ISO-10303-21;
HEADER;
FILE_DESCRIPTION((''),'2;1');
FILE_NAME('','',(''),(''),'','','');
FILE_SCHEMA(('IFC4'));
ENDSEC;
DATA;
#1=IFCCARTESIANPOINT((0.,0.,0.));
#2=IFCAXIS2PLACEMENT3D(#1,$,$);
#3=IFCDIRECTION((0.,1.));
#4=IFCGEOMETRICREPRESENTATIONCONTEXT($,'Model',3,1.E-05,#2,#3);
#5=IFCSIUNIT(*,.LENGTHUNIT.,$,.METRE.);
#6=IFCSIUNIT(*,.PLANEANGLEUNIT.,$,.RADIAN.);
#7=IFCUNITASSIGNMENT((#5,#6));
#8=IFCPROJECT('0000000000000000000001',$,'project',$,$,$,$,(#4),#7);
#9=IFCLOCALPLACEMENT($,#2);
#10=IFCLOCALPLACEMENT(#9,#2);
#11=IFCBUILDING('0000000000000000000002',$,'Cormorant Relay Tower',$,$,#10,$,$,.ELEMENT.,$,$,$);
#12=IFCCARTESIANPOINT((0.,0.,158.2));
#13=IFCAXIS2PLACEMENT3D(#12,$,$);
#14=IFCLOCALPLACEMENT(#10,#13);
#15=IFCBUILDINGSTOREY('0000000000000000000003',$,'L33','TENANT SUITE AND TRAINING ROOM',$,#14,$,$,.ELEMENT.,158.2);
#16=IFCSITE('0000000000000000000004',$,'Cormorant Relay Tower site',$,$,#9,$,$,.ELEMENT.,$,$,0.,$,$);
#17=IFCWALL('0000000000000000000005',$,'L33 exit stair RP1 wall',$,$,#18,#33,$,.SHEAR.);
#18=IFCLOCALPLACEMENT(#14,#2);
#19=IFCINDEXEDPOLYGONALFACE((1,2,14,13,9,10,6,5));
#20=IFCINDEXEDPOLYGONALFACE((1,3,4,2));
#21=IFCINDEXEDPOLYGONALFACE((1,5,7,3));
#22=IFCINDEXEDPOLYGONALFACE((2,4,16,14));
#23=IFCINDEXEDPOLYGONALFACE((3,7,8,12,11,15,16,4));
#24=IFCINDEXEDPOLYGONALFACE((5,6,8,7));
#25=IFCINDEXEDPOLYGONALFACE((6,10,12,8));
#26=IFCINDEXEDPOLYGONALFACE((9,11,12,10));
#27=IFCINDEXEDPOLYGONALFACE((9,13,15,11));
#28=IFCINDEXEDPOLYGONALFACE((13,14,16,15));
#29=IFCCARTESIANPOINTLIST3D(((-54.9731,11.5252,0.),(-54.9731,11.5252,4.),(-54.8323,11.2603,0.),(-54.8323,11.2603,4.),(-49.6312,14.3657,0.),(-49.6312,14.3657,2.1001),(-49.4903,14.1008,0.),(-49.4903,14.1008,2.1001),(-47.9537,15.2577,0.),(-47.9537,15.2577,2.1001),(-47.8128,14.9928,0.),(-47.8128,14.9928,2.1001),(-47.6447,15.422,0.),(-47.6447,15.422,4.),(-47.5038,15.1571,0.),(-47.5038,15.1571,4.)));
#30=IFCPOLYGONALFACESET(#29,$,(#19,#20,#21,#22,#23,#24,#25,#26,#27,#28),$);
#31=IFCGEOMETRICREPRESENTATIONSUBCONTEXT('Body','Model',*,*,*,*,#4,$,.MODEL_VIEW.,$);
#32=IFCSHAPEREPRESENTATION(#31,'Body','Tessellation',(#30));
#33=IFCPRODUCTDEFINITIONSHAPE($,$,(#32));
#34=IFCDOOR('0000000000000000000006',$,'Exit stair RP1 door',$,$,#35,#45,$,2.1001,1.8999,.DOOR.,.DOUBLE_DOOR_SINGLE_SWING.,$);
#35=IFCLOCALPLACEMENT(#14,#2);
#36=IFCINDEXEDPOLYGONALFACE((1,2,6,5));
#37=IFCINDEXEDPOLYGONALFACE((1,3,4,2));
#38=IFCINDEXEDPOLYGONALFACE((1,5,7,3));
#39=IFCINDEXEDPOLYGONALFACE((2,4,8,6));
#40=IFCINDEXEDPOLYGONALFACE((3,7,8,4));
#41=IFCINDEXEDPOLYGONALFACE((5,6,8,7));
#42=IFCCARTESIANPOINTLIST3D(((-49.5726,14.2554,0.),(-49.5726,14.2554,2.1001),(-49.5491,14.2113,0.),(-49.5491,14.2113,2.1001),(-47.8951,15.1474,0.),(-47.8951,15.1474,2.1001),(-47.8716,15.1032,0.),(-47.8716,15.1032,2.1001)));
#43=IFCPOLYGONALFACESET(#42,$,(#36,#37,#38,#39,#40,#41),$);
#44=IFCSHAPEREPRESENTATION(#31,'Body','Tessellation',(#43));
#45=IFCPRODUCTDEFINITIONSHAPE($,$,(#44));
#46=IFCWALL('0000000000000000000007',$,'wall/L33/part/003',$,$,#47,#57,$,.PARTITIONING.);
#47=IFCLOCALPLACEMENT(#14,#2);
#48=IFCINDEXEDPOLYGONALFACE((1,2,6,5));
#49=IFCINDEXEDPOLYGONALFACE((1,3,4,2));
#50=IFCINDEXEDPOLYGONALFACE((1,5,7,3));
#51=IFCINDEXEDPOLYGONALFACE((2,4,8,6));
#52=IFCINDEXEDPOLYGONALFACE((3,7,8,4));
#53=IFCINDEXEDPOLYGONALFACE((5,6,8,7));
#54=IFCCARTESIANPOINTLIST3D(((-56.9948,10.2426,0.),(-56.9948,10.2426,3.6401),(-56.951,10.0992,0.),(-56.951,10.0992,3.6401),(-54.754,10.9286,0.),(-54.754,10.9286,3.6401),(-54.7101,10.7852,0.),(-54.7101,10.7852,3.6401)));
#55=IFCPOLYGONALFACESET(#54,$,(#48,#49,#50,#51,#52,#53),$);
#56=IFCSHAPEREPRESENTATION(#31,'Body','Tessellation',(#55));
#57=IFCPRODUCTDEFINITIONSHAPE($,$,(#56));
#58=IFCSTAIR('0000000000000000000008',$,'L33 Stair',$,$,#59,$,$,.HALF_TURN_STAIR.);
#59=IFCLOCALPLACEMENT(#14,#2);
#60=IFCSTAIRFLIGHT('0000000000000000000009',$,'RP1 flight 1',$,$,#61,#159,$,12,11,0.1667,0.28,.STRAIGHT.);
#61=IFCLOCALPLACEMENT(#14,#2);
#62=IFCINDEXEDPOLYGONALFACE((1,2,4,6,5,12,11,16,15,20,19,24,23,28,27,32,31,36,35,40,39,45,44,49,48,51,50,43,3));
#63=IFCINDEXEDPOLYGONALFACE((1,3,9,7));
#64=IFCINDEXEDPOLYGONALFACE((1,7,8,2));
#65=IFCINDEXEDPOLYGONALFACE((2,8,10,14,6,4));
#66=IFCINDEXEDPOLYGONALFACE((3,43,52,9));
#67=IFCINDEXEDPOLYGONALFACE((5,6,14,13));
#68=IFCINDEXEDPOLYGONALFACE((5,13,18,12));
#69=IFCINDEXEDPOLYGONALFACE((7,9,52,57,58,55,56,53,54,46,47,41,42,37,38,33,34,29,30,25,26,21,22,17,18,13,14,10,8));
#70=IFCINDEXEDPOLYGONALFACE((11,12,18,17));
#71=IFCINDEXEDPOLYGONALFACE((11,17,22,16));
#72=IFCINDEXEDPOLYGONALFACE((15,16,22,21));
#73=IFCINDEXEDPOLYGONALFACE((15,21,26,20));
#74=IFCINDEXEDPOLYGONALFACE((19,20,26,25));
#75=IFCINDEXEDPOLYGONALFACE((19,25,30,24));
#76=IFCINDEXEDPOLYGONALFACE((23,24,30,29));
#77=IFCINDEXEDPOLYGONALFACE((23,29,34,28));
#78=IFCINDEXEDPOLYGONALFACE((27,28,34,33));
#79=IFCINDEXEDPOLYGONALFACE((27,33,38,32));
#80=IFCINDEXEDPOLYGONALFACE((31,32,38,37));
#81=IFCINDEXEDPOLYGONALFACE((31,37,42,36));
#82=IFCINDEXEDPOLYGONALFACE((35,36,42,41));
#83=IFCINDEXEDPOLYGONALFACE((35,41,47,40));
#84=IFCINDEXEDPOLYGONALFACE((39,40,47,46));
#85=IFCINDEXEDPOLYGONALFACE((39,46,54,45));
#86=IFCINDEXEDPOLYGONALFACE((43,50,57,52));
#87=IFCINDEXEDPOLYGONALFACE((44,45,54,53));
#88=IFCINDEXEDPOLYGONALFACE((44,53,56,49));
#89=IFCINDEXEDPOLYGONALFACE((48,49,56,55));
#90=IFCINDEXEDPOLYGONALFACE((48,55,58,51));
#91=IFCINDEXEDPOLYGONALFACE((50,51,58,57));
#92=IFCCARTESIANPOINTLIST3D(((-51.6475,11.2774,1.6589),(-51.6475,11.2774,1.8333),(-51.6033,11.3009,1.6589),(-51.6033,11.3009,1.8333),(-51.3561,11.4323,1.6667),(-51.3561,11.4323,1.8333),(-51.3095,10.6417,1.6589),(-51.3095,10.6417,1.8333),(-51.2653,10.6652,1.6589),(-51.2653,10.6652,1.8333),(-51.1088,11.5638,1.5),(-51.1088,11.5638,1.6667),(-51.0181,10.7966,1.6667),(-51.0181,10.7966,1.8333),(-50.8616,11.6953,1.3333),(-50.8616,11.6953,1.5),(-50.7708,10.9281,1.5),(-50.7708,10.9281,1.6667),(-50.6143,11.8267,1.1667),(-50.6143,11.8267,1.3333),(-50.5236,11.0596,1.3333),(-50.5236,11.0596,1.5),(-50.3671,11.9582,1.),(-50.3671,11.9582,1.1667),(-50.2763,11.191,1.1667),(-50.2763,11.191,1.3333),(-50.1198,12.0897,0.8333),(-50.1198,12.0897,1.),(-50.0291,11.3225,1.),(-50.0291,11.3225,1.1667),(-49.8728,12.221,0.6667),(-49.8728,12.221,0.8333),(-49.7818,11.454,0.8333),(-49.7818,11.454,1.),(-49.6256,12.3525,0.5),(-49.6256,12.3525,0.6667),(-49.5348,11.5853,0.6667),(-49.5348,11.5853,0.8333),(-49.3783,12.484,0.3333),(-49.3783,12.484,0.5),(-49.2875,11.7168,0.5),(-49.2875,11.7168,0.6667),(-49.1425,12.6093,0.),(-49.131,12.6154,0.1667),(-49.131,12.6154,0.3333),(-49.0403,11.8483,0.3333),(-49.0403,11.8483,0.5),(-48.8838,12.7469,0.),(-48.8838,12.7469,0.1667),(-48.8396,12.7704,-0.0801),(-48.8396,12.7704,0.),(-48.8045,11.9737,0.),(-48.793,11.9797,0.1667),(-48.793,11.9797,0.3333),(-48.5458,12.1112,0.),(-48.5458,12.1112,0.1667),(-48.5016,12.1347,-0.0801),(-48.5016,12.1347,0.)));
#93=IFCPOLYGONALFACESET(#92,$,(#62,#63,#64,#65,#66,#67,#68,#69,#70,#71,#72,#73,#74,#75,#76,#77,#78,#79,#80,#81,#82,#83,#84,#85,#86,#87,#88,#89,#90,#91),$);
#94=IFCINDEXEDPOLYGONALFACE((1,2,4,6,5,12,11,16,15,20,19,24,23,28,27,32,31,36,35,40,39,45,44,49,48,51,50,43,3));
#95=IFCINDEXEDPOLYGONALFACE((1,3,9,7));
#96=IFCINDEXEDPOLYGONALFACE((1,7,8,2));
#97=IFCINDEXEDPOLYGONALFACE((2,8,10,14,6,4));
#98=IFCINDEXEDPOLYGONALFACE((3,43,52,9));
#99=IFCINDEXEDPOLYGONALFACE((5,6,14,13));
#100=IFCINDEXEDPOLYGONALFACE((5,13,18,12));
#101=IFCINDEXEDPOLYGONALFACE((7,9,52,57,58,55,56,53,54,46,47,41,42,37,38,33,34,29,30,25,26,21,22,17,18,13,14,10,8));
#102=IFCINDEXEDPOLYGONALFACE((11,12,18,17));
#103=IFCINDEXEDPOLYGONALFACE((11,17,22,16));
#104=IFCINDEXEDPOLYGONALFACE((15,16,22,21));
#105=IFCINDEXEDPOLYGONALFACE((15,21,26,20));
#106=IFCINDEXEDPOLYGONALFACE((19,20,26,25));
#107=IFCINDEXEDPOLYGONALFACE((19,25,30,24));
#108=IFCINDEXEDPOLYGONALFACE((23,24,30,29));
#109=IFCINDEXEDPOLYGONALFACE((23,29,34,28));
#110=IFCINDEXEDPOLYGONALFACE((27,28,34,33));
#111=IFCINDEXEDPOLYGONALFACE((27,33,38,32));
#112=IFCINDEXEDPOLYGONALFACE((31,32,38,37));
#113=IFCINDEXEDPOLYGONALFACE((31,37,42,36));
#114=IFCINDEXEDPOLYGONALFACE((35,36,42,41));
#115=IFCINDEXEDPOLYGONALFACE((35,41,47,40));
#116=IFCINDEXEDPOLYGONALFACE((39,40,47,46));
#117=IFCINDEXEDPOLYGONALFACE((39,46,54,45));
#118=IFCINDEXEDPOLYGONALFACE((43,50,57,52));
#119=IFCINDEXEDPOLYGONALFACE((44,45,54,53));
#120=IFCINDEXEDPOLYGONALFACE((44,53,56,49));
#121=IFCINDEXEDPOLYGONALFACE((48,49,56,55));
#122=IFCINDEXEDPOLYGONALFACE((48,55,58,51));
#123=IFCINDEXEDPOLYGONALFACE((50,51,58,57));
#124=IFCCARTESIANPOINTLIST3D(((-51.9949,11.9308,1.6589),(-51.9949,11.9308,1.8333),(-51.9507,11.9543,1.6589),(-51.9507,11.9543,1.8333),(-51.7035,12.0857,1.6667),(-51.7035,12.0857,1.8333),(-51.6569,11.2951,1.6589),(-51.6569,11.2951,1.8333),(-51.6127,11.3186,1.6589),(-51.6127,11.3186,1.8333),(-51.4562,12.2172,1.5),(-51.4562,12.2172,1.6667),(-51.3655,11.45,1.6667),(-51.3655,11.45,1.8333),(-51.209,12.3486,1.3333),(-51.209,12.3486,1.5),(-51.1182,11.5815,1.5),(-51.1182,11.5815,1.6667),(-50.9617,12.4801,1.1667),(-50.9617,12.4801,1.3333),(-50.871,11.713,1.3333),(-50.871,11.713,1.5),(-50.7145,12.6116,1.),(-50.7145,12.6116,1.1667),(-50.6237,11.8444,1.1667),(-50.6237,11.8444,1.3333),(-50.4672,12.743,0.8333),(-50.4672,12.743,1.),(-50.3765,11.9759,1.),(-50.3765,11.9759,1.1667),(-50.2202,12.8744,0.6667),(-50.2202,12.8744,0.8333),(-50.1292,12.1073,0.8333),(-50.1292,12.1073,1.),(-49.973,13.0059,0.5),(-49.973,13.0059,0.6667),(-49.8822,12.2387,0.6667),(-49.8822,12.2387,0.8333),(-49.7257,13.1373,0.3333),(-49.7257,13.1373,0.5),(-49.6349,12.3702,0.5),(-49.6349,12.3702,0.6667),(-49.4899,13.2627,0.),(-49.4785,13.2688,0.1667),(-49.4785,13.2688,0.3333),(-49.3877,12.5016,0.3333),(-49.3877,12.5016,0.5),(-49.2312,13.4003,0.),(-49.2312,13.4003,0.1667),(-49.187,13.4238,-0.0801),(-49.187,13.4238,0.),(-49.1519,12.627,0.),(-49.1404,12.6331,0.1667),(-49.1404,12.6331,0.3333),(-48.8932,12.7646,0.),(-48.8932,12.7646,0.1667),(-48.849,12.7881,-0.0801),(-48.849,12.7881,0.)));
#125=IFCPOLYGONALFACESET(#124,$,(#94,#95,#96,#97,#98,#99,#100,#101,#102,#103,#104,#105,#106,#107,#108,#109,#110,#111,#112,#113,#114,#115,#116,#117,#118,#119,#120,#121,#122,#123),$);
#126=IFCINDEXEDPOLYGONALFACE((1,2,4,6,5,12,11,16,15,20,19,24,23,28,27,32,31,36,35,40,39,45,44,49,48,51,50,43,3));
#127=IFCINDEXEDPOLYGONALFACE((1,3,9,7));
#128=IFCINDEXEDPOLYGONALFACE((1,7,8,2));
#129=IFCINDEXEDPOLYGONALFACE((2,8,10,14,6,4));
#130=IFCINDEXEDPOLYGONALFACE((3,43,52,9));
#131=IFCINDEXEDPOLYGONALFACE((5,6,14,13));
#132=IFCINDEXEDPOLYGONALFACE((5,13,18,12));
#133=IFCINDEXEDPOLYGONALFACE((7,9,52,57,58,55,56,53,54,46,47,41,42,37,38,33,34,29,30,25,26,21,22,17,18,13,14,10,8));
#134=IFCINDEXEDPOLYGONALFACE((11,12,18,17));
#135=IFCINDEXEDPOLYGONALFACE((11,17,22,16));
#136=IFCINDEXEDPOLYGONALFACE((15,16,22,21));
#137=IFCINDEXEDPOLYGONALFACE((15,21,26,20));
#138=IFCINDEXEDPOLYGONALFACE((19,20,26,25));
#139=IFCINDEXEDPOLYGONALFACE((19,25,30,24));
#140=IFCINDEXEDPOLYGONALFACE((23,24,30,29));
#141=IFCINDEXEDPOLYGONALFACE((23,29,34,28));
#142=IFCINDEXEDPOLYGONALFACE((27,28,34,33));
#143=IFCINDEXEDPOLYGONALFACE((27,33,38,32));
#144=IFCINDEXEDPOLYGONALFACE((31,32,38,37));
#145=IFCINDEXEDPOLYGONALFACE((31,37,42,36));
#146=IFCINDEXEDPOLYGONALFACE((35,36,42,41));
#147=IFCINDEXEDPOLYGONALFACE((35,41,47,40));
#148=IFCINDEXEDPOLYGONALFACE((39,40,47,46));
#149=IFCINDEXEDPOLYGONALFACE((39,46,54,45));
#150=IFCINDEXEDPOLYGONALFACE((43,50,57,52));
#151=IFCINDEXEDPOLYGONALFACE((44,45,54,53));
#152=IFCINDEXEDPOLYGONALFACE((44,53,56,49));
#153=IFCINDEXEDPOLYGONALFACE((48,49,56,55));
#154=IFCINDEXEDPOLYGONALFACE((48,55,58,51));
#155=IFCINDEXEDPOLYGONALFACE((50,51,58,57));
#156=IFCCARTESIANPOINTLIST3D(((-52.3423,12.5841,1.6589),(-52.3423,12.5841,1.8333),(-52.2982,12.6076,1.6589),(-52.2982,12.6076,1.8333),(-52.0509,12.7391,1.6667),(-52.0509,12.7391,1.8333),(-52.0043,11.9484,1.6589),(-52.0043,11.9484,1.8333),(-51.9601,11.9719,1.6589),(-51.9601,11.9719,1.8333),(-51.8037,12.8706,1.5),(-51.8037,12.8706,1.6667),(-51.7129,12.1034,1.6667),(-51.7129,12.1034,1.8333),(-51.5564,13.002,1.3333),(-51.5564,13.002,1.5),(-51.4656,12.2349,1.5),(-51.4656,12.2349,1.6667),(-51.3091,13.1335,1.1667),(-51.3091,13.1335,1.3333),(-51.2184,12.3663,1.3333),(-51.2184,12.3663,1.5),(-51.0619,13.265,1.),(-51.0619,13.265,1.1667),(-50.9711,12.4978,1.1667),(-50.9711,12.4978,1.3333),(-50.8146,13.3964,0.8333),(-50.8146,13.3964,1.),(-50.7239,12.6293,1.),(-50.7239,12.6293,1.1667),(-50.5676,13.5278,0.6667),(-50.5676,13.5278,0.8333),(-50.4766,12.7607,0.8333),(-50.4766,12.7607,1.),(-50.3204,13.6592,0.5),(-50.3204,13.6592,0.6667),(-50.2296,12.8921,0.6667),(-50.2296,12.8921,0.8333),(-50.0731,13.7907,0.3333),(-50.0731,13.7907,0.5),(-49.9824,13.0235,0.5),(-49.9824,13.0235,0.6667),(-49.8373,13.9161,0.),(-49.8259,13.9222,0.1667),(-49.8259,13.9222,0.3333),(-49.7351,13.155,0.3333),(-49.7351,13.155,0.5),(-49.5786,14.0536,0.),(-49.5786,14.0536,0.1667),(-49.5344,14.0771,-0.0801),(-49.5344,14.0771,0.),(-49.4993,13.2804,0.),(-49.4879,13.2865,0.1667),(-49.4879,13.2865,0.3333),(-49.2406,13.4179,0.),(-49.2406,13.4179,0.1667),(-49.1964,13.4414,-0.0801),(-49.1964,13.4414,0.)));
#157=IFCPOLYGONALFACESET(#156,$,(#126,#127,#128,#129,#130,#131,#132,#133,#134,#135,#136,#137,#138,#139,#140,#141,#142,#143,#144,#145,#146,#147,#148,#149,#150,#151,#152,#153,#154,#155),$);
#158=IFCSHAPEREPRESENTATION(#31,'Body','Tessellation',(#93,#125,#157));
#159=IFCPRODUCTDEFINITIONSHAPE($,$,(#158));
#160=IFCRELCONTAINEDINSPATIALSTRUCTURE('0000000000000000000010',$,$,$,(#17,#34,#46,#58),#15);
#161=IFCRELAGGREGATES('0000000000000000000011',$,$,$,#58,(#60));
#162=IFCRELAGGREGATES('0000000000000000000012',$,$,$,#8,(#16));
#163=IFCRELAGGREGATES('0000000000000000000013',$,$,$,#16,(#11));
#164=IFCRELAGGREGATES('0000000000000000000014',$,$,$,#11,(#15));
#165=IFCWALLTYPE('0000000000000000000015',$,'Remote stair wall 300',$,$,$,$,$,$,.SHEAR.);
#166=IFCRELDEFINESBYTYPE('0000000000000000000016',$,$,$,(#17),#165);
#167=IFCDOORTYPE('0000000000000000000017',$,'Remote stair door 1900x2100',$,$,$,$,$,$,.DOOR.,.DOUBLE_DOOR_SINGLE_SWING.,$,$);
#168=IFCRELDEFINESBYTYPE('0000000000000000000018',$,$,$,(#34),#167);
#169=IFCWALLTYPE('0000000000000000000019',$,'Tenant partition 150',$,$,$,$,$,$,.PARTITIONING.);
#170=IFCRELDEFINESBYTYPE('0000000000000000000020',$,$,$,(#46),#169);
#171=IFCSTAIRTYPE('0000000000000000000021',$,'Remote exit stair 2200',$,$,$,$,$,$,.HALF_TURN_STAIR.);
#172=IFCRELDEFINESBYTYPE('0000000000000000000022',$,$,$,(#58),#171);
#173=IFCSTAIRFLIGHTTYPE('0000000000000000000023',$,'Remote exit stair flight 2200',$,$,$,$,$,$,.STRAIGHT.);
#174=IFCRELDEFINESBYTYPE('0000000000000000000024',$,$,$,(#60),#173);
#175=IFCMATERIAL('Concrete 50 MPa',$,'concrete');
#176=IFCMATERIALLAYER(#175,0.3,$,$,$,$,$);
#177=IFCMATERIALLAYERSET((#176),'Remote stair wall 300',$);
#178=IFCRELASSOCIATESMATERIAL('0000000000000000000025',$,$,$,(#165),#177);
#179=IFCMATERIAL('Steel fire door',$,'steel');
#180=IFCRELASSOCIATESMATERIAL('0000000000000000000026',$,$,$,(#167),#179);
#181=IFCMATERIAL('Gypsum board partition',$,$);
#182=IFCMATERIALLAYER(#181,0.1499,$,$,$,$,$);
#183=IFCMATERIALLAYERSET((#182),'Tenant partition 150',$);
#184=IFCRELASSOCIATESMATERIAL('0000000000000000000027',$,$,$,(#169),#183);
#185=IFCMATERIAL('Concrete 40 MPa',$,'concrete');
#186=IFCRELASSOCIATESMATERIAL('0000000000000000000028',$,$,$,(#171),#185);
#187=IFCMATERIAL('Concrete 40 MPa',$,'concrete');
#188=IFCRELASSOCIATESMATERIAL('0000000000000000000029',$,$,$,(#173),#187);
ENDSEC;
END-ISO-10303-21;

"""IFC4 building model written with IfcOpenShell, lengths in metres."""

from ifc_helpers import new_model, si_unit, direction, frame, frame_2d, origin, place, context, subcontext, project, spatial, polyline, rectangle, outline, extrude, material, layer, layer_set, type_object, element, fill, aggregate, save


model = new_model("IFC4")

# Units and contexts
model_context = context("Model", 3, precision=1e-05, world=origin(), true_north=direction((0.0, 1.0)))
body_context = subcontext(model_context, "Body", "Model", "MODEL_VIEW")
ifc_project = project(units=[si_unit("LENGTHUNIT", "METRE"), si_unit("PLANEANGLEUNIT", "RADIAN")], contexts=[model_context])

# Site, building, storey
site_placement = place(None, origin())
site = spatial("IfcSite", under=ifc_project, at=site_placement, Name="Cormorant Relay Tower site", CompositionType="ELEMENT", RefElevation=0.0)
building_placement = place(site_placement, origin())
building = spatial("IfcBuilding", under=site, at=building_placement, Name="Cormorant Relay Tower", CompositionType="ELEMENT")
storey_placement = place(building_placement, frame((0.0, 0.0, 158.2)))
storey = spatial("IfcBuildingStorey", under=building, at=storey_placement, Name="L33", Description="TENANT SUITE AND TRAINING ROOM", CompositionType="ELEMENT", Elevation=158.2)

# Shared definitions
ifc_material_1 = material(Name="Concrete 50 MPa", Category="concrete")
ifc_layer_1 = layer(ifc_material_1, 0.3)
ifc_layer_set_1 = layer_set([ifc_layer_1], Name="Remote stair wall 300")
wall_type_1 = type_object("IfcWallType", Name="Remote stair wall 300", PredefinedType="SHEAR", material=ifc_layer_set_1)

# Wall, opening, door
wall_1_placement = place(storey_placement, frame((-54.9026, 11.3928, 0.0), z_axis=(0.0, 0.0, 1.0), x_axis=(0.882939, 0.469487, 0.0)))
wall_1 = element("IfcWall", 1, at=wall_1_placement, inside=storey, type_object=wall_type_1, Name="L33 exit stair RP1 wall", PredefinedType="SHEAR", context=body_context, shape_type="SweptSolid", body=[
    extrude(rectangle(XDim=8.3, YDim=0.3, at=frame_2d((4.1499, 0.0))), origin(), (0.0, 0.0, 1.0), 4.0),
])
opening_1_placement = place(wall_1_placement, frame((6.05, 0.0, 0.0)))
opening_1 = element("IfcOpeningElement", 2, at=opening_1_placement, cuts=wall_1, PredefinedType="OPENING", context=body_context, shape_type="SweptSolid", body=[
    extrude(rectangle(XDim=1.8999, YDim=2.1001, at=frame_2d((0.95, 1.05))), frame((0.0, 0.1599, 0.0), z_axis=(0.0, -1.0, 0.0), x_axis=(1.0, 0.0, 0.0)), (0.0, 0.0, 1.0), 0.3201),
])
ifc_material_2 = material(Name="Steel fire door", Category="steel")
door_type_1 = type_object("IfcDoorType", Name="Remote stair door 1900x2100", OperationType="DOUBLE_DOOR_SINGLE_SWING", PredefinedType="DOOR", material=ifc_material_2)
door_1_placement = place(opening_1_placement, frame((1.8999, 0.0, 0.0), z_axis=(0.0, 0.0, 1.0), x_axis=(-1.0, 0.0, 0.0)))
door_1 = element("IfcDoor", 3, at=door_1_placement, inside=storey, type_object=door_type_1, Name="Exit stair RP1 door", OperationType="DOUBLE_DOOR_SINGLE_SWING", OverallHeight=2.1001, OverallWidth=1.8999, PredefinedType="DOOR", context=body_context, shape_type="SweptSolid", body=[
    extrude(rectangle(XDim=1.8999, YDim=2.1001, at=frame_2d((0.95, 1.05))), frame((0.0, 0.0249, 0.0), z_axis=(0.0, -1.0, 0.0), x_axis=(1.0, 0.0, 0.0)), (0.0, 0.0, 1.0), 0.05),
])
fill(opening_1, door_1)

# Wall
ifc_material_3 = material(Name="Gypsum board partition")
ifc_layer_2 = layer(ifc_material_3, 0.1499)
ifc_layer_set_2 = layer_set([ifc_layer_2], Name="Tenant partition 150")
wall_type_2 = type_object("IfcWallType", Name="Tenant partition 150", PredefinedType="PARTITIONING", material=ifc_layer_set_2)
wall_2_placement = place(storey_placement, frame((-54.7319, 10.8569, 0.0), z_axis=(0.0, 0.0, 1.0), x_axis=(-0.956197, -0.292724, 0.0)))
element("IfcWall", 4, at=wall_2_placement, inside=storey, type_object=wall_type_2, Name="wall/L33/part/003", PredefinedType="PARTITIONING", context=body_context, shape_type="SweptSolid", body=[
    extrude(rectangle(XDim=2.3435, YDim=0.1499, at=frame_2d((1.1719, 0.0))), origin(), (0.0, 0.0, 1.0), 3.6401),
])

# Stair, stair flight
ifc_material_4 = material(Name="Concrete 40 MPa", Category="concrete")
stair_type = type_object("IfcStairType", Name="Remote exit stair 2200", PredefinedType="HALF_TURN_STAIR", material=ifc_material_4)
stair_placement = place(storey_placement, origin())
stair = element("IfcStair", 5, at=stair_placement, inside=storey, type_object=stair_type, Name="L33 Stair", PredefinedType="HALF_TURN_STAIR")
ifc_material_5 = material(Name="Concrete 40 MPa", Category="concrete")
stair_flight_type = type_object("IfcStairFlightType", Name="Remote exit stair flight 2200", PredefinedType="STRAIGHT", material=ifc_material_5)
stair_flight_1_placement = place(storey_placement, frame((-49.0623, 13.0825, 0.0), z_axis=(0.0, 0.0, 1.0), x_axis=(-0.882948, -0.469472, 0.0)))
stair_flight_1 = element("IfcStairFlight", 6, at=stair_flight_1_placement, type_object=stair_flight_type, Name="RP1 flight 1", NumberOfRisers=12, NumberOfTreads=11, PredefinedType="STRAIGHT", RiserHeight=0.1667, TreadLength=0.28, context=body_context, shape_type="SweptSolid", body=[
    extrude(outline(polyline([(-0.05, -0.0801), (-0.05, 0.0), (0.0, 0.0), (0.0, 0.1667), (0.28, 0.1667), (0.28, 0.3333), (0.5601, 0.3333), (0.5601, 0.5), (0.8401, 0.5), (0.8401, 0.6667), (1.1201, 0.6667), (1.1201, 0.8333), (1.3999, 0.8333), (1.3999, 1.0), (1.6799, 1.0), (1.6799, 1.1667), (1.96, 1.1667), (1.96, 1.3333), (2.24, 1.3333), (2.24, 1.5), (2.52, 1.5), (2.52, 1.6667), (2.8, 1.6667), (2.8, 1.8333), (3.0801, 1.8333), (3.1301, 1.8333), (3.1301, 1.6589), (3.0801, 1.6589), (0.293, 0.0), (-0.05, -0.0801)])), frame((0.0, 1.1001, 0.0), z_axis=(0.0, -1.0, 0.0), x_axis=(1.0, 0.0, 0.0)), (0.0, 0.0, 1.0), 0.72),
    extrude(outline(polyline([(-0.05, -0.0801), (-0.05, 0.0), (0.0, 0.0), (0.0, 0.1667), (0.28, 0.1667), (0.28, 0.3333), (0.5601, 0.3333), (0.5601, 0.5), (0.8401, 0.5), (0.8401, 0.6667), (1.1201, 0.6667), (1.1201, 0.8333), (1.3999, 0.8333), (1.3999, 1.0), (1.6799, 1.0), (1.6799, 1.1667), (1.96, 1.1667), (1.96, 1.3333), (2.24, 1.3333), (2.24, 1.5), (2.52, 1.5), (2.52, 1.6667), (2.8, 1.6667), (2.8, 1.8333), (3.0801, 1.8333), (3.1301, 1.8333), (3.1301, 1.6589), (3.0801, 1.6589), (0.293, 0.0), (-0.05, -0.0801)])), frame((0.0, 0.3601, 0.0), z_axis=(0.0, -1.0, 0.0), x_axis=(1.0, 0.0, 0.0)), (0.0, 0.0, 1.0), 0.72),
    extrude(outline(polyline([(-0.05, -0.0801), (-0.05, 0.0), (0.0, 0.0), (0.0, 0.1667), (0.28, 0.1667), (0.28, 0.3333), (0.5601, 0.3333), (0.5601, 0.5), (0.8401, 0.5), (0.8401, 0.6667), (1.1201, 0.6667), (1.1201, 0.8333), (1.3999, 0.8333), (1.3999, 1.0), (1.6799, 1.0), (1.6799, 1.1667), (1.96, 1.1667), (1.96, 1.3333), (2.24, 1.3333), (2.24, 1.5), (2.52, 1.5), (2.52, 1.6667), (2.8, 1.6667), (2.8, 1.8333), (3.0801, 1.8333), (3.1301, 1.8333), (3.1301, 1.6589), (3.0801, 1.6589), (0.293, 0.0), (-0.05, -0.0801)])), frame((0.0, -0.3799, 0.0), z_axis=(0.0, -1.0, 0.0), x_axis=(1.0, 0.0, 0.0)), (0.0, 0.0, 1.0), 0.72),
])
aggregate(stair, [stair_flight_1])

save(model, "model.ifc")
